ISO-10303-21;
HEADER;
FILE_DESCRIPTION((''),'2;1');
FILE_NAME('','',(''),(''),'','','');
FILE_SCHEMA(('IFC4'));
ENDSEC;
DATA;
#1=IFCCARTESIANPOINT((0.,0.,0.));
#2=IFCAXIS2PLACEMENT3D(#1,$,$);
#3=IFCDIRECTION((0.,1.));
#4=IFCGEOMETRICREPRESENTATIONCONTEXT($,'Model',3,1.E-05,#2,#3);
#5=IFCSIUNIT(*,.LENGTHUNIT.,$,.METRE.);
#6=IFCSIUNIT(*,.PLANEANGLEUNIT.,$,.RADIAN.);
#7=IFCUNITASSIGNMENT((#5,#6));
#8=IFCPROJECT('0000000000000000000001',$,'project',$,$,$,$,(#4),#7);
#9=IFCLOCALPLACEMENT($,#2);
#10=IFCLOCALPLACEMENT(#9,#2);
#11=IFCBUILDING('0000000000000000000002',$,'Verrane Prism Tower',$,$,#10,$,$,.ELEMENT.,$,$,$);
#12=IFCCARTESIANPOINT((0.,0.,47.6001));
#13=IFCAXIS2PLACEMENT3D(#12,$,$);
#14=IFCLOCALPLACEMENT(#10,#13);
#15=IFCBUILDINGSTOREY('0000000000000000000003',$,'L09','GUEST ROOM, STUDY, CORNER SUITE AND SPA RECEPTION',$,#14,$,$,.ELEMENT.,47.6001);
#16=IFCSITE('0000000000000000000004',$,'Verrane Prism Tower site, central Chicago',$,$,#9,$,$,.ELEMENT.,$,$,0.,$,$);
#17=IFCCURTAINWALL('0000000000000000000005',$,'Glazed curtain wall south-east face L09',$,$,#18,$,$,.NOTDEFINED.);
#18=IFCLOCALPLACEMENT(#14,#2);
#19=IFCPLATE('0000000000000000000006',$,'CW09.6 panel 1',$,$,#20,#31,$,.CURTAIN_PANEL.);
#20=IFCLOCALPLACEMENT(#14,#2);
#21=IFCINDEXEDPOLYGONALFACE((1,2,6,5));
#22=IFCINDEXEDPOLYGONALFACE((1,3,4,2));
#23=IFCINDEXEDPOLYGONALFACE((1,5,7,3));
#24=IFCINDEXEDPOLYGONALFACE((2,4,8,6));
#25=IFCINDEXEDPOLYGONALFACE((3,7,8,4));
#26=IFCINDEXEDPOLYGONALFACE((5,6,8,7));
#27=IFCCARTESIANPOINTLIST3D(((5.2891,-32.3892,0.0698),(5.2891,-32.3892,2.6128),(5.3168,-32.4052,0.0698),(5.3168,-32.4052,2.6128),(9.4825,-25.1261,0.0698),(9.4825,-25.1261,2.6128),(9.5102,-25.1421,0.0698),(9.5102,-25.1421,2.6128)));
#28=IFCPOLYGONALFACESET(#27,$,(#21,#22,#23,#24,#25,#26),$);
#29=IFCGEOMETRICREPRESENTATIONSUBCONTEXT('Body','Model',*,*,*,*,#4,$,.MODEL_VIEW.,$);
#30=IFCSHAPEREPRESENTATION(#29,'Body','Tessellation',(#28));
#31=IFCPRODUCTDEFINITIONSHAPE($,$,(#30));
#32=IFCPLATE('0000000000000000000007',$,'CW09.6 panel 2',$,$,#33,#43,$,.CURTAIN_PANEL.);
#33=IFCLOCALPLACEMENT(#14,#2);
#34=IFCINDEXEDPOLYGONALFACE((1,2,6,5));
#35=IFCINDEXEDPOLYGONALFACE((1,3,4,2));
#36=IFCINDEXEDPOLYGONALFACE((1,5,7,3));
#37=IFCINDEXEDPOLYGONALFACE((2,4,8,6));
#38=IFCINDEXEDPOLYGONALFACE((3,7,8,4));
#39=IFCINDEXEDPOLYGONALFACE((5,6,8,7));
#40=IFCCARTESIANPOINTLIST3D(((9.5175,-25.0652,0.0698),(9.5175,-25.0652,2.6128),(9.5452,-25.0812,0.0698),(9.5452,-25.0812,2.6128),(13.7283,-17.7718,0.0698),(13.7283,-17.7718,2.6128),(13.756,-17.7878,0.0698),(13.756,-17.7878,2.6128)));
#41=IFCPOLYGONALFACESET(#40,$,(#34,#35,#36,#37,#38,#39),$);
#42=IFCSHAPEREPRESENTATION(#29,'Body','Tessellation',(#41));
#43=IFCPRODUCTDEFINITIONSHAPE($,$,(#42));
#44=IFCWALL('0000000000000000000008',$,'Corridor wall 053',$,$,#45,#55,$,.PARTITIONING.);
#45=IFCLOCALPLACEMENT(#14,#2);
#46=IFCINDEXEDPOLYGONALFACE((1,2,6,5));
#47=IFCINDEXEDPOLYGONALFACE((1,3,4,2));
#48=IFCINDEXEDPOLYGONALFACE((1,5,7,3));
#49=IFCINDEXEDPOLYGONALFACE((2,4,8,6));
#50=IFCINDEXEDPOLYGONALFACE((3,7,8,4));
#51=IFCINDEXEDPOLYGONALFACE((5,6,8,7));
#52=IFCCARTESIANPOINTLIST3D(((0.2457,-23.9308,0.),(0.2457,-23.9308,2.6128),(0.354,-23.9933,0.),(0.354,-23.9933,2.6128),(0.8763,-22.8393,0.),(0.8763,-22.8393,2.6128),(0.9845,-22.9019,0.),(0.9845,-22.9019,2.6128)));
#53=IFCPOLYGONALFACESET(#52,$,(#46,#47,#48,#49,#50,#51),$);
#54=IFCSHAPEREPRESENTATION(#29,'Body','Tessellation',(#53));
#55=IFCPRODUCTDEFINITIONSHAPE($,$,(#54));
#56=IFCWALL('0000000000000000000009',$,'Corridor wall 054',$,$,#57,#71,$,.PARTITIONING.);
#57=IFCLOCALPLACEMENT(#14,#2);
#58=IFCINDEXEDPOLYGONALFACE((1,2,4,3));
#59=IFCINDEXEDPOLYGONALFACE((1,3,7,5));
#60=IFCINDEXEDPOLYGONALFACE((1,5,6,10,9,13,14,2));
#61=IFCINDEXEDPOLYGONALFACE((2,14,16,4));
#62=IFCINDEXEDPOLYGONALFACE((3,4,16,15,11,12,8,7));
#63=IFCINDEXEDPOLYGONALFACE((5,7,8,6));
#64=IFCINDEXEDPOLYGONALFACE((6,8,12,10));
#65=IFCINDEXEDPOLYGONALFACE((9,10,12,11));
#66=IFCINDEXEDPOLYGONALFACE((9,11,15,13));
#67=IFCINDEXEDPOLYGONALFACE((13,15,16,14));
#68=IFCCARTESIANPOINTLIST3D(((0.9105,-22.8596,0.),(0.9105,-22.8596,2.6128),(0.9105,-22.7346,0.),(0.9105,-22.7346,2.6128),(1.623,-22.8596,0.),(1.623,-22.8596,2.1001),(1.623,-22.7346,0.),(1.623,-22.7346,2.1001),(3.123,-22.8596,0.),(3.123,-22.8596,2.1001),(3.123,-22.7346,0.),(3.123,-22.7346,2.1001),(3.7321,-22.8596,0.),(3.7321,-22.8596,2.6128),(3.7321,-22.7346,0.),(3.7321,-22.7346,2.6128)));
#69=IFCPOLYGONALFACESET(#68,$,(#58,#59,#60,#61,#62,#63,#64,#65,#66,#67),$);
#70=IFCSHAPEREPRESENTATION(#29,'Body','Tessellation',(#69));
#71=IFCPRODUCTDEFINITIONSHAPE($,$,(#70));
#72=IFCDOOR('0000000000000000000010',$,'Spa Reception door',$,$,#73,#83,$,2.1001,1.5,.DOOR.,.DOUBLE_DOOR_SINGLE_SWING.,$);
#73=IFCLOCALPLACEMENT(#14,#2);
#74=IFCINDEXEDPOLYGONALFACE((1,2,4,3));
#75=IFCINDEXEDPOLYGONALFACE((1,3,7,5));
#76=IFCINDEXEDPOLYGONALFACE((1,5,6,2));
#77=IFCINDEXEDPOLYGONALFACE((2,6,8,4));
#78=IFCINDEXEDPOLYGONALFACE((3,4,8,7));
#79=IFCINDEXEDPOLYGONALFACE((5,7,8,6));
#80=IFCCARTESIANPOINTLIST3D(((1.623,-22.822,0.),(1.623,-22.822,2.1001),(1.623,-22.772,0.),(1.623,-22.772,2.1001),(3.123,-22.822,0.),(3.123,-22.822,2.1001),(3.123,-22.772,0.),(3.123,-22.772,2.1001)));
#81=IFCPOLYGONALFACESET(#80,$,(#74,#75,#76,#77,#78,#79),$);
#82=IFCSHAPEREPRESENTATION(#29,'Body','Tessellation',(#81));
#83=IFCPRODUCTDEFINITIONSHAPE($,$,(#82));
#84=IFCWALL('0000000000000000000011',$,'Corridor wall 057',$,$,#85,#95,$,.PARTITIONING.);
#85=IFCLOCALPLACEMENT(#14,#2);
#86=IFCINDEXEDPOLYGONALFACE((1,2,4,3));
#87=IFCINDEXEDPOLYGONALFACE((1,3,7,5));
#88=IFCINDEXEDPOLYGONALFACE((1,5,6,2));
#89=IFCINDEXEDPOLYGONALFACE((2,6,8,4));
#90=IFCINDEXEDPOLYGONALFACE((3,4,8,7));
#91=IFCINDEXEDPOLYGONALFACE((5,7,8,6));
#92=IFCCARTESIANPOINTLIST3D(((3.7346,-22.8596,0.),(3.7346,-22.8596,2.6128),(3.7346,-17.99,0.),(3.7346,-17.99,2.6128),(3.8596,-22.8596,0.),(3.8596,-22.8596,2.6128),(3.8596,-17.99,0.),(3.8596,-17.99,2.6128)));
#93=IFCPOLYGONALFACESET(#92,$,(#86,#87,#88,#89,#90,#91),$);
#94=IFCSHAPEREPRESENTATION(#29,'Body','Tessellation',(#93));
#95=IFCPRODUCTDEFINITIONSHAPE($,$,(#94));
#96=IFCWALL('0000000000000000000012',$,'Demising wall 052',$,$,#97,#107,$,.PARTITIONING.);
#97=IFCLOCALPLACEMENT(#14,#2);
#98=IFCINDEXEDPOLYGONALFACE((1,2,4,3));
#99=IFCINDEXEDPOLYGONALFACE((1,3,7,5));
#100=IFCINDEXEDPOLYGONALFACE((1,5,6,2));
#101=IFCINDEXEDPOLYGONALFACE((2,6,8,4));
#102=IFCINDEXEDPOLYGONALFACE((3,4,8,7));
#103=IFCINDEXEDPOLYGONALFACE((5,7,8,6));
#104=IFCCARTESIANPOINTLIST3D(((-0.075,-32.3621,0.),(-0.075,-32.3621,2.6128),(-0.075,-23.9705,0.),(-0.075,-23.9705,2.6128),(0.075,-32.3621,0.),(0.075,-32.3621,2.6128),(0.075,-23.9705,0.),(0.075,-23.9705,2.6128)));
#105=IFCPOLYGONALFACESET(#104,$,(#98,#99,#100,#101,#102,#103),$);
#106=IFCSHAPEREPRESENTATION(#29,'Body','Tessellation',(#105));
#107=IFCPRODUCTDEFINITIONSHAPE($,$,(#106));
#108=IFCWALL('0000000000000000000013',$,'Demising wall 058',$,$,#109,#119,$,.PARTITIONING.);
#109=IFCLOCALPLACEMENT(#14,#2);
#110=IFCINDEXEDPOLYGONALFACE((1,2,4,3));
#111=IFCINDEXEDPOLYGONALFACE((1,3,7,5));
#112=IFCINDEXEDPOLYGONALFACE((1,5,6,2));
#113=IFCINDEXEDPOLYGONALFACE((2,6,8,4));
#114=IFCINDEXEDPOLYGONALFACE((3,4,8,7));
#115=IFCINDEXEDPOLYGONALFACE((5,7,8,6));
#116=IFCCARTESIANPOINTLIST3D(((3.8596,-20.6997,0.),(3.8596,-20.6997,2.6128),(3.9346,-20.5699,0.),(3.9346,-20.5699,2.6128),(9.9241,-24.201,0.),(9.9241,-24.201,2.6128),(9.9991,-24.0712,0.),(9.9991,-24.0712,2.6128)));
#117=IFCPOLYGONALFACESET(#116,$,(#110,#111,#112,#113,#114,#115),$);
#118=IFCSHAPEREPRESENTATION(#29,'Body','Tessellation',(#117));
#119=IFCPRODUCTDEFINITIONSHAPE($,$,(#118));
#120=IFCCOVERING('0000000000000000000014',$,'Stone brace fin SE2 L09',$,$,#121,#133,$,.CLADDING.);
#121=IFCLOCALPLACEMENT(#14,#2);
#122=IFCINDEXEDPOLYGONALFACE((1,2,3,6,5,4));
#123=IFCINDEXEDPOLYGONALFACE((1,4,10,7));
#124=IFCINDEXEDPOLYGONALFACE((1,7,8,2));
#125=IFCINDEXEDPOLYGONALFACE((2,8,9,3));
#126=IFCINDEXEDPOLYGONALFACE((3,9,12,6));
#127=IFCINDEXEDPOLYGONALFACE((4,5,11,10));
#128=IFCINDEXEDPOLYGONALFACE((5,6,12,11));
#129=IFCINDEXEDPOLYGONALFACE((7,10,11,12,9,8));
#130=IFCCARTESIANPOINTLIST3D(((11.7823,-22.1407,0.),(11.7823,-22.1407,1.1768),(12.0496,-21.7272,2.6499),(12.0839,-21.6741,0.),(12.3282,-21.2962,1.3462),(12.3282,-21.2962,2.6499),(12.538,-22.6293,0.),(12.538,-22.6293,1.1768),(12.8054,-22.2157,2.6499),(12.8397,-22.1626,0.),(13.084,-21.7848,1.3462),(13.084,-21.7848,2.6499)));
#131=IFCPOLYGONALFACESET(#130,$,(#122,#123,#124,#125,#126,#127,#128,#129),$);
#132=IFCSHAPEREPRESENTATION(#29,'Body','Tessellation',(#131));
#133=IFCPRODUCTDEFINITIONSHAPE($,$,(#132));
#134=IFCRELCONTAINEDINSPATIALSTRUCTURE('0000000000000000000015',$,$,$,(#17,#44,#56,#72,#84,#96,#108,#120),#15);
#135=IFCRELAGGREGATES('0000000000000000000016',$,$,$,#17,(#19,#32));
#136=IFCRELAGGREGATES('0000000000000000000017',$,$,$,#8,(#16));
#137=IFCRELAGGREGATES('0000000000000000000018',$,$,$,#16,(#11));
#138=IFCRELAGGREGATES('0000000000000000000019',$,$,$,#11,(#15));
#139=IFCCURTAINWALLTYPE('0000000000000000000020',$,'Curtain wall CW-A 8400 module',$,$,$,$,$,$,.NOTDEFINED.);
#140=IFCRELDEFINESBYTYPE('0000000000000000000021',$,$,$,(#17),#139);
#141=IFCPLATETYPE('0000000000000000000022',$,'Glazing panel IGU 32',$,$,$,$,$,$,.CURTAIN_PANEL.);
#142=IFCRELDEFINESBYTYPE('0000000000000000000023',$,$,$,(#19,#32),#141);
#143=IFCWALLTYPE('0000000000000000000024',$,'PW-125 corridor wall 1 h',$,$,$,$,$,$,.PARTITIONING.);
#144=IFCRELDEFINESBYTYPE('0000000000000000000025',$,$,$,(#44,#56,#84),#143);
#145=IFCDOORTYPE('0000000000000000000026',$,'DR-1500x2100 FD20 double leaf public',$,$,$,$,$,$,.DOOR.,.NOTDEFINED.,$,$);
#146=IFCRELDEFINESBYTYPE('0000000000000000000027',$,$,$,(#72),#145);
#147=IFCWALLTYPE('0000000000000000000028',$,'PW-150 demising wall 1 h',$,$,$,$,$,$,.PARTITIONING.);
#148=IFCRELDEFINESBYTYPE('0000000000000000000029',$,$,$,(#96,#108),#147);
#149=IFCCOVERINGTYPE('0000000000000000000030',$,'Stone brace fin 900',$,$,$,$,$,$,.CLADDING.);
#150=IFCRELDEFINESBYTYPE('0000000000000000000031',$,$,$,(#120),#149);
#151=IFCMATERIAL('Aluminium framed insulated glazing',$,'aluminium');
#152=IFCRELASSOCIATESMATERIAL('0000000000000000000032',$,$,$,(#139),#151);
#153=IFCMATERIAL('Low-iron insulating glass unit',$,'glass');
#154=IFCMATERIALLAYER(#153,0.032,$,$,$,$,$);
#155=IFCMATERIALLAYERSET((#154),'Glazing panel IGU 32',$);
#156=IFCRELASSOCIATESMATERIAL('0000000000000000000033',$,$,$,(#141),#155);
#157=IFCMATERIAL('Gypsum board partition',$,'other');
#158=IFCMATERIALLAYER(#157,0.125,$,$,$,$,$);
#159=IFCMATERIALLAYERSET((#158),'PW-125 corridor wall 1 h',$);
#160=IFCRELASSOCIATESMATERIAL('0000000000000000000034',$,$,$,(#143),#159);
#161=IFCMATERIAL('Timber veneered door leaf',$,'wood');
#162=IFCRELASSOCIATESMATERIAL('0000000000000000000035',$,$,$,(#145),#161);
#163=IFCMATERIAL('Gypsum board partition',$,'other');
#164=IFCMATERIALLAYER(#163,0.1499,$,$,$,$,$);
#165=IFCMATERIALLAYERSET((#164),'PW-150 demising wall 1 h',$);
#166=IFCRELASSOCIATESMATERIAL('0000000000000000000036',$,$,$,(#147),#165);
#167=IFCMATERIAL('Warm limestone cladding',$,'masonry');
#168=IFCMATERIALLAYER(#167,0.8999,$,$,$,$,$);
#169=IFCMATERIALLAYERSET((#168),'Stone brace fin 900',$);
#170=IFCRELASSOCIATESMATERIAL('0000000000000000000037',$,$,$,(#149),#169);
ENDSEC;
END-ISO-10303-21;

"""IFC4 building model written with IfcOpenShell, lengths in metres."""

from ifc_helpers import new_model, si_unit, direction, frame, frame_2d, origin, origin_2d, place, context, subcontext, project, spatial, polyline, rectangle, outline, extrude, material, layer, layer_set, type_object, element, fill, aggregate, save


model = new_model("IFC4")

# Units and contexts
model_context = context("Model", 3, precision=1e-05, world=origin(), true_north=direction((0.0, 1.0)))
body_context = subcontext(model_context, "Body", "Model", "MODEL_VIEW")
ifc_project = project(units=[si_unit("LENGTHUNIT", "METRE"), si_unit("PLANEANGLEUNIT", "RADIAN")], contexts=[model_context])

# Site, building, storey
site_placement = place(None, origin())
site = spatial("IfcSite", under=ifc_project, at=site_placement, Name="Verrane Prism Tower site, central Chicago", CompositionType="ELEMENT", RefElevation=0.0)
building_placement = place(site_placement, origin())
building = spatial("IfcBuilding", under=site, at=building_placement, Name="Verrane Prism Tower", CompositionType="ELEMENT")
storey_placement = place(building_placement, frame((0.0, 0.0, 47.6001)))
storey = spatial("IfcBuildingStorey", under=building, at=storey_placement, Name="L09", Description="GUEST ROOM, STUDY, CORNER SUITE AND SPA RECEPTION", CompositionType="ELEMENT", Elevation=47.6001)

# Curtain wall
ifc_material_1 = material(Name="Aluminium framed insulated glazing", Category="aluminium")
curtain_wall_type = type_object("IfcCurtainWallType", Name="Curtain wall CW-A 8400 module", PredefinedType="NOTDEFINED", material=ifc_material_1)
curtain_wall_1_placement = place(storey_placement, origin())
curtain_wall_1 = element("IfcCurtainWall", 1, at=curtain_wall_1_placement, inside=storey, type_object=curtain_wall_type, Name="Glazed curtain wall south-east face L09", PredefinedType="NOTDEFINED")

# Shared definitions
ifc_material_2 = material(Name="Low-iron insulating glass unit", Category="glass")
ifc_layer_1 = layer(ifc_material_2, 0.032)
ifc_layer_set_1 = layer_set([ifc_layer_1], Name="Glazing panel IGU 32")
plate_type = type_object("IfcPlateType", Name="Glazing panel IGU 32", PredefinedType="CURTAIN_PANEL", material=ifc_layer_set_1)

# Plates
plate_1_placement = place(storey_placement, frame((7.3997, -28.7656, 0.0698), z_axis=(0.0, 0.0, 1.0), x_axis=(0.499999, 0.866026, 0.0)))
plate_1 = element("IfcPlate", 2, at=plate_1_placement, type_object=plate_type, Name="CW09.6 panel 1", PredefinedType="CURTAIN_PANEL", context=body_context, shape_type="SweptSolid", body=[
    extrude(rectangle(XDim=8.3867, YDim=0.032, at=origin_2d()), origin(), (0.0, 0.0, 1.0), 2.543),
])
plate_2_placement = place(storey_placement, frame((11.6367, -21.4265, 0.0698), z_axis=(0.0, 0.0, 1.0), x_axis=(0.499999, 0.866026, 0.0)))
plate_2 = element("IfcPlate", 3, at=plate_2_placement, type_object=plate_type, Name="CW09.6 panel 2", PredefinedType="CURTAIN_PANEL", context=body_context, shape_type="SweptSolid", body=[
    extrude(rectangle(XDim=8.4216, YDim=0.032, at=origin_2d()), origin(), (0.0, 0.0, 1.0), 2.543),
])
aggregate(curtain_wall_1, [plate_1, plate_2])

# Wall
ifc_material_3 = material(Name="Gypsum board partition", Category="other")
ifc_layer_2 = layer(ifc_material_3, 0.125)
ifc_layer_set_2 = layer_set([ifc_layer_2], Name="PW-125 corridor wall 1 h")
wall_type_1 = type_object("IfcWallType", Name="PW-125 corridor wall 1 h", PredefinedType="PARTITIONING", material=ifc_layer_set_2)
wall_1_placement = place(storey_placement, frame((0.2998, -23.9622, 0.0), z_axis=(0.0, 0.0, 1.0), x_axis=(0.500242, 0.865886, 0.0)))
element("IfcWall", 4, at=wall_1_placement, inside=storey, type_object=wall_type_1, Name="Corridor wall 053", PredefinedType="PARTITIONING", context=body_context, shape_type="SweptSolid", body=[
    extrude(rectangle(XDim=1.2605, YDim=0.125, at=frame_2d((0.6304, 0.0))), origin(), (0.0, 0.0, 1.0), 2.6128),
])

# Wall, opening, door
wall_2_placement = place(storey_placement, frame((3.7319, -22.7971, 0.0), z_axis=(0.0, 0.0, 1.0), x_axis=(-1.0, 0.0, 0.0)))
wall_2 = element("IfcWall", 5, at=wall_2_placement, inside=storey, type_object=wall_type_1, Name="Corridor wall 054", PredefinedType="PARTITIONING", context=body_context, shape_type="SweptSolid", body=[
    extrude(rectangle(XDim=2.8215, YDim=0.125, at=frame_2d((1.4106, 0.0))), origin(), (0.0, 0.0, 1.0), 2.6128),
])
opening_placement = place(wall_2_placement, frame((0.6089, 0.0, 0.0)))
opening = element("IfcOpeningElement", 6, at=opening_placement, cuts=wall_2, PredefinedType="OPENING", context=body_context, shape_type="SweptSolid", body=[
    extrude(rectangle(XDim=1.5, YDim=2.1001, at=frame_2d((0.75, 1.05))), frame((0.0, 0.0725, 0.0), z_axis=(0.0, -1.0, 0.0), x_axis=(1.0, 0.0, 0.0)), (0.0, 0.0, 1.0), 0.145),
])
ifc_material_4 = material(Name="Timber veneered door leaf", Category="wood")
door_type = type_object("IfcDoorType", Name="DR-1500x2100 FD20 double leaf public", OperationType="NOTDEFINED", PredefinedType="DOOR", material=ifc_material_4)
door_placement = place(opening_placement, origin())
door = element("IfcDoor", 7, at=door_placement, inside=storey, type_object=door_type, Name="Spa Reception door", OperationType="DOUBLE_DOOR_SINGLE_SWING", OverallHeight=2.1001, OverallWidth=1.5, PredefinedType="DOOR", context=body_context, shape_type="SweptSolid", body=[
    extrude(rectangle(XDim=1.5, YDim=2.1001, at=frame_2d((0.75, 1.05))), frame((0.0, 0.0249, 0.0), z_axis=(0.0, -1.0, 0.0), x_axis=(1.0, 0.0, 0.0)), (0.0, 0.0, 1.0), 0.05),
])
fill(opening, door)

# Walls
wall_3_placement = place(storey_placement, frame((3.7971, -22.8596, 0.0), z_axis=(0.0, 0.0, 1.0), x_axis=(0.0, 1.0, 0.0)))
element("IfcWall", 8, at=wall_3_placement, inside=storey, type_object=wall_type_1, Name="Corridor wall 057", PredefinedType="PARTITIONING", context=body_context, shape_type="SweptSolid", body=[
    extrude(rectangle(XDim=4.8696, YDim=0.125, at=frame_2d((2.4348, 0.0))), origin(), (0.0, 0.0, 1.0), 2.6128),
])
ifc_material_5 = material(Name="Gypsum board partition", Category="other")
ifc_layer_3 = layer(ifc_material_5, 0.1499)
ifc_layer_set_3 = layer_set([ifc_layer_3], Name="PW-150 demising wall 1 h")
wall_type_2 = type_object("IfcWallType", Name="PW-150 demising wall 1 h", PredefinedType="PARTITIONING", material=ifc_layer_set_3)
wall_4_placement = place(storey_placement, frame((0.0, -32.3621, 0.0), z_axis=(0.0, 0.0, 1.0), x_axis=(0.0, 1.0, 0.0)))
element("IfcWall", 9, at=wall_4_placement, inside=storey, type_object=wall_type_2, Name="Demising wall 052", PredefinedType="PARTITIONING", context=body_context, shape_type="SweptSolid", body=[
    extrude(rectangle(XDim=8.3916, YDim=0.1499, at=frame_2d((4.1958, 0.0))), origin(), (0.0, 0.0, 1.0), 2.6128),
])
wall_5_placement = place(storey_placement, frame((3.897, -20.6348, 0.0), z_axis=(0.0, 0.0, 1.0), x_axis=(0.866031, -0.49999, 0.0)))
element("IfcWall", 10, at=wall_5_placement, inside=storey, type_object=wall_type_2, Name="Demising wall 058", PredefinedType="PARTITIONING", context=body_context, shape_type="SweptSolid", body=[
    extrude(rectangle(XDim=7.0027, YDim=0.1499, at=frame_2d((3.5015, 0.0))), origin(), (0.0, 0.0, 1.0), 2.6128),
])

# Covering
ifc_material_6 = material(Name="Warm limestone cladding", Category="masonry")
ifc_layer_4 = layer(ifc_material_6, 0.8999)
ifc_layer_set_4 = layer_set([ifc_layer_4], Name="Stone brace fin 900")
covering_type = type_object("IfcCoveringType", Name="Stone brace fin 900", PredefinedType="CLADDING", material=ifc_layer_set_4)
covering_placement = place(storey_placement, frame((12.1602, -22.385, 0.0), z_axis=(0.0, 0.0, 1.0), x_axis=(0.542879, 0.839811, 0.0)))
element("IfcCovering", 11, at=covering_placement, inside=storey, type_object=covering_type, Name="Stone brace fin SE2 L09", PredefinedType="CLADDING", context=body_context, shape_type="SweptSolid", body=[
    extrude(outline(polyline([(1.0056, 2.6499), (0.4924, 2.6499), (0.0, 1.1768), (0.0, 0.0), (0.5557, 0.0), (1.0056, 1.3462), (1.0056, 2.6499)])), frame((0.0, 0.45, 0.0), z_axis=(0.0, -1.0, 0.0), x_axis=(1.0, 0.0, 0.0)), (0.0, 0.0, 1.0), 0.8999),
])

save(model, "model.ifc")
